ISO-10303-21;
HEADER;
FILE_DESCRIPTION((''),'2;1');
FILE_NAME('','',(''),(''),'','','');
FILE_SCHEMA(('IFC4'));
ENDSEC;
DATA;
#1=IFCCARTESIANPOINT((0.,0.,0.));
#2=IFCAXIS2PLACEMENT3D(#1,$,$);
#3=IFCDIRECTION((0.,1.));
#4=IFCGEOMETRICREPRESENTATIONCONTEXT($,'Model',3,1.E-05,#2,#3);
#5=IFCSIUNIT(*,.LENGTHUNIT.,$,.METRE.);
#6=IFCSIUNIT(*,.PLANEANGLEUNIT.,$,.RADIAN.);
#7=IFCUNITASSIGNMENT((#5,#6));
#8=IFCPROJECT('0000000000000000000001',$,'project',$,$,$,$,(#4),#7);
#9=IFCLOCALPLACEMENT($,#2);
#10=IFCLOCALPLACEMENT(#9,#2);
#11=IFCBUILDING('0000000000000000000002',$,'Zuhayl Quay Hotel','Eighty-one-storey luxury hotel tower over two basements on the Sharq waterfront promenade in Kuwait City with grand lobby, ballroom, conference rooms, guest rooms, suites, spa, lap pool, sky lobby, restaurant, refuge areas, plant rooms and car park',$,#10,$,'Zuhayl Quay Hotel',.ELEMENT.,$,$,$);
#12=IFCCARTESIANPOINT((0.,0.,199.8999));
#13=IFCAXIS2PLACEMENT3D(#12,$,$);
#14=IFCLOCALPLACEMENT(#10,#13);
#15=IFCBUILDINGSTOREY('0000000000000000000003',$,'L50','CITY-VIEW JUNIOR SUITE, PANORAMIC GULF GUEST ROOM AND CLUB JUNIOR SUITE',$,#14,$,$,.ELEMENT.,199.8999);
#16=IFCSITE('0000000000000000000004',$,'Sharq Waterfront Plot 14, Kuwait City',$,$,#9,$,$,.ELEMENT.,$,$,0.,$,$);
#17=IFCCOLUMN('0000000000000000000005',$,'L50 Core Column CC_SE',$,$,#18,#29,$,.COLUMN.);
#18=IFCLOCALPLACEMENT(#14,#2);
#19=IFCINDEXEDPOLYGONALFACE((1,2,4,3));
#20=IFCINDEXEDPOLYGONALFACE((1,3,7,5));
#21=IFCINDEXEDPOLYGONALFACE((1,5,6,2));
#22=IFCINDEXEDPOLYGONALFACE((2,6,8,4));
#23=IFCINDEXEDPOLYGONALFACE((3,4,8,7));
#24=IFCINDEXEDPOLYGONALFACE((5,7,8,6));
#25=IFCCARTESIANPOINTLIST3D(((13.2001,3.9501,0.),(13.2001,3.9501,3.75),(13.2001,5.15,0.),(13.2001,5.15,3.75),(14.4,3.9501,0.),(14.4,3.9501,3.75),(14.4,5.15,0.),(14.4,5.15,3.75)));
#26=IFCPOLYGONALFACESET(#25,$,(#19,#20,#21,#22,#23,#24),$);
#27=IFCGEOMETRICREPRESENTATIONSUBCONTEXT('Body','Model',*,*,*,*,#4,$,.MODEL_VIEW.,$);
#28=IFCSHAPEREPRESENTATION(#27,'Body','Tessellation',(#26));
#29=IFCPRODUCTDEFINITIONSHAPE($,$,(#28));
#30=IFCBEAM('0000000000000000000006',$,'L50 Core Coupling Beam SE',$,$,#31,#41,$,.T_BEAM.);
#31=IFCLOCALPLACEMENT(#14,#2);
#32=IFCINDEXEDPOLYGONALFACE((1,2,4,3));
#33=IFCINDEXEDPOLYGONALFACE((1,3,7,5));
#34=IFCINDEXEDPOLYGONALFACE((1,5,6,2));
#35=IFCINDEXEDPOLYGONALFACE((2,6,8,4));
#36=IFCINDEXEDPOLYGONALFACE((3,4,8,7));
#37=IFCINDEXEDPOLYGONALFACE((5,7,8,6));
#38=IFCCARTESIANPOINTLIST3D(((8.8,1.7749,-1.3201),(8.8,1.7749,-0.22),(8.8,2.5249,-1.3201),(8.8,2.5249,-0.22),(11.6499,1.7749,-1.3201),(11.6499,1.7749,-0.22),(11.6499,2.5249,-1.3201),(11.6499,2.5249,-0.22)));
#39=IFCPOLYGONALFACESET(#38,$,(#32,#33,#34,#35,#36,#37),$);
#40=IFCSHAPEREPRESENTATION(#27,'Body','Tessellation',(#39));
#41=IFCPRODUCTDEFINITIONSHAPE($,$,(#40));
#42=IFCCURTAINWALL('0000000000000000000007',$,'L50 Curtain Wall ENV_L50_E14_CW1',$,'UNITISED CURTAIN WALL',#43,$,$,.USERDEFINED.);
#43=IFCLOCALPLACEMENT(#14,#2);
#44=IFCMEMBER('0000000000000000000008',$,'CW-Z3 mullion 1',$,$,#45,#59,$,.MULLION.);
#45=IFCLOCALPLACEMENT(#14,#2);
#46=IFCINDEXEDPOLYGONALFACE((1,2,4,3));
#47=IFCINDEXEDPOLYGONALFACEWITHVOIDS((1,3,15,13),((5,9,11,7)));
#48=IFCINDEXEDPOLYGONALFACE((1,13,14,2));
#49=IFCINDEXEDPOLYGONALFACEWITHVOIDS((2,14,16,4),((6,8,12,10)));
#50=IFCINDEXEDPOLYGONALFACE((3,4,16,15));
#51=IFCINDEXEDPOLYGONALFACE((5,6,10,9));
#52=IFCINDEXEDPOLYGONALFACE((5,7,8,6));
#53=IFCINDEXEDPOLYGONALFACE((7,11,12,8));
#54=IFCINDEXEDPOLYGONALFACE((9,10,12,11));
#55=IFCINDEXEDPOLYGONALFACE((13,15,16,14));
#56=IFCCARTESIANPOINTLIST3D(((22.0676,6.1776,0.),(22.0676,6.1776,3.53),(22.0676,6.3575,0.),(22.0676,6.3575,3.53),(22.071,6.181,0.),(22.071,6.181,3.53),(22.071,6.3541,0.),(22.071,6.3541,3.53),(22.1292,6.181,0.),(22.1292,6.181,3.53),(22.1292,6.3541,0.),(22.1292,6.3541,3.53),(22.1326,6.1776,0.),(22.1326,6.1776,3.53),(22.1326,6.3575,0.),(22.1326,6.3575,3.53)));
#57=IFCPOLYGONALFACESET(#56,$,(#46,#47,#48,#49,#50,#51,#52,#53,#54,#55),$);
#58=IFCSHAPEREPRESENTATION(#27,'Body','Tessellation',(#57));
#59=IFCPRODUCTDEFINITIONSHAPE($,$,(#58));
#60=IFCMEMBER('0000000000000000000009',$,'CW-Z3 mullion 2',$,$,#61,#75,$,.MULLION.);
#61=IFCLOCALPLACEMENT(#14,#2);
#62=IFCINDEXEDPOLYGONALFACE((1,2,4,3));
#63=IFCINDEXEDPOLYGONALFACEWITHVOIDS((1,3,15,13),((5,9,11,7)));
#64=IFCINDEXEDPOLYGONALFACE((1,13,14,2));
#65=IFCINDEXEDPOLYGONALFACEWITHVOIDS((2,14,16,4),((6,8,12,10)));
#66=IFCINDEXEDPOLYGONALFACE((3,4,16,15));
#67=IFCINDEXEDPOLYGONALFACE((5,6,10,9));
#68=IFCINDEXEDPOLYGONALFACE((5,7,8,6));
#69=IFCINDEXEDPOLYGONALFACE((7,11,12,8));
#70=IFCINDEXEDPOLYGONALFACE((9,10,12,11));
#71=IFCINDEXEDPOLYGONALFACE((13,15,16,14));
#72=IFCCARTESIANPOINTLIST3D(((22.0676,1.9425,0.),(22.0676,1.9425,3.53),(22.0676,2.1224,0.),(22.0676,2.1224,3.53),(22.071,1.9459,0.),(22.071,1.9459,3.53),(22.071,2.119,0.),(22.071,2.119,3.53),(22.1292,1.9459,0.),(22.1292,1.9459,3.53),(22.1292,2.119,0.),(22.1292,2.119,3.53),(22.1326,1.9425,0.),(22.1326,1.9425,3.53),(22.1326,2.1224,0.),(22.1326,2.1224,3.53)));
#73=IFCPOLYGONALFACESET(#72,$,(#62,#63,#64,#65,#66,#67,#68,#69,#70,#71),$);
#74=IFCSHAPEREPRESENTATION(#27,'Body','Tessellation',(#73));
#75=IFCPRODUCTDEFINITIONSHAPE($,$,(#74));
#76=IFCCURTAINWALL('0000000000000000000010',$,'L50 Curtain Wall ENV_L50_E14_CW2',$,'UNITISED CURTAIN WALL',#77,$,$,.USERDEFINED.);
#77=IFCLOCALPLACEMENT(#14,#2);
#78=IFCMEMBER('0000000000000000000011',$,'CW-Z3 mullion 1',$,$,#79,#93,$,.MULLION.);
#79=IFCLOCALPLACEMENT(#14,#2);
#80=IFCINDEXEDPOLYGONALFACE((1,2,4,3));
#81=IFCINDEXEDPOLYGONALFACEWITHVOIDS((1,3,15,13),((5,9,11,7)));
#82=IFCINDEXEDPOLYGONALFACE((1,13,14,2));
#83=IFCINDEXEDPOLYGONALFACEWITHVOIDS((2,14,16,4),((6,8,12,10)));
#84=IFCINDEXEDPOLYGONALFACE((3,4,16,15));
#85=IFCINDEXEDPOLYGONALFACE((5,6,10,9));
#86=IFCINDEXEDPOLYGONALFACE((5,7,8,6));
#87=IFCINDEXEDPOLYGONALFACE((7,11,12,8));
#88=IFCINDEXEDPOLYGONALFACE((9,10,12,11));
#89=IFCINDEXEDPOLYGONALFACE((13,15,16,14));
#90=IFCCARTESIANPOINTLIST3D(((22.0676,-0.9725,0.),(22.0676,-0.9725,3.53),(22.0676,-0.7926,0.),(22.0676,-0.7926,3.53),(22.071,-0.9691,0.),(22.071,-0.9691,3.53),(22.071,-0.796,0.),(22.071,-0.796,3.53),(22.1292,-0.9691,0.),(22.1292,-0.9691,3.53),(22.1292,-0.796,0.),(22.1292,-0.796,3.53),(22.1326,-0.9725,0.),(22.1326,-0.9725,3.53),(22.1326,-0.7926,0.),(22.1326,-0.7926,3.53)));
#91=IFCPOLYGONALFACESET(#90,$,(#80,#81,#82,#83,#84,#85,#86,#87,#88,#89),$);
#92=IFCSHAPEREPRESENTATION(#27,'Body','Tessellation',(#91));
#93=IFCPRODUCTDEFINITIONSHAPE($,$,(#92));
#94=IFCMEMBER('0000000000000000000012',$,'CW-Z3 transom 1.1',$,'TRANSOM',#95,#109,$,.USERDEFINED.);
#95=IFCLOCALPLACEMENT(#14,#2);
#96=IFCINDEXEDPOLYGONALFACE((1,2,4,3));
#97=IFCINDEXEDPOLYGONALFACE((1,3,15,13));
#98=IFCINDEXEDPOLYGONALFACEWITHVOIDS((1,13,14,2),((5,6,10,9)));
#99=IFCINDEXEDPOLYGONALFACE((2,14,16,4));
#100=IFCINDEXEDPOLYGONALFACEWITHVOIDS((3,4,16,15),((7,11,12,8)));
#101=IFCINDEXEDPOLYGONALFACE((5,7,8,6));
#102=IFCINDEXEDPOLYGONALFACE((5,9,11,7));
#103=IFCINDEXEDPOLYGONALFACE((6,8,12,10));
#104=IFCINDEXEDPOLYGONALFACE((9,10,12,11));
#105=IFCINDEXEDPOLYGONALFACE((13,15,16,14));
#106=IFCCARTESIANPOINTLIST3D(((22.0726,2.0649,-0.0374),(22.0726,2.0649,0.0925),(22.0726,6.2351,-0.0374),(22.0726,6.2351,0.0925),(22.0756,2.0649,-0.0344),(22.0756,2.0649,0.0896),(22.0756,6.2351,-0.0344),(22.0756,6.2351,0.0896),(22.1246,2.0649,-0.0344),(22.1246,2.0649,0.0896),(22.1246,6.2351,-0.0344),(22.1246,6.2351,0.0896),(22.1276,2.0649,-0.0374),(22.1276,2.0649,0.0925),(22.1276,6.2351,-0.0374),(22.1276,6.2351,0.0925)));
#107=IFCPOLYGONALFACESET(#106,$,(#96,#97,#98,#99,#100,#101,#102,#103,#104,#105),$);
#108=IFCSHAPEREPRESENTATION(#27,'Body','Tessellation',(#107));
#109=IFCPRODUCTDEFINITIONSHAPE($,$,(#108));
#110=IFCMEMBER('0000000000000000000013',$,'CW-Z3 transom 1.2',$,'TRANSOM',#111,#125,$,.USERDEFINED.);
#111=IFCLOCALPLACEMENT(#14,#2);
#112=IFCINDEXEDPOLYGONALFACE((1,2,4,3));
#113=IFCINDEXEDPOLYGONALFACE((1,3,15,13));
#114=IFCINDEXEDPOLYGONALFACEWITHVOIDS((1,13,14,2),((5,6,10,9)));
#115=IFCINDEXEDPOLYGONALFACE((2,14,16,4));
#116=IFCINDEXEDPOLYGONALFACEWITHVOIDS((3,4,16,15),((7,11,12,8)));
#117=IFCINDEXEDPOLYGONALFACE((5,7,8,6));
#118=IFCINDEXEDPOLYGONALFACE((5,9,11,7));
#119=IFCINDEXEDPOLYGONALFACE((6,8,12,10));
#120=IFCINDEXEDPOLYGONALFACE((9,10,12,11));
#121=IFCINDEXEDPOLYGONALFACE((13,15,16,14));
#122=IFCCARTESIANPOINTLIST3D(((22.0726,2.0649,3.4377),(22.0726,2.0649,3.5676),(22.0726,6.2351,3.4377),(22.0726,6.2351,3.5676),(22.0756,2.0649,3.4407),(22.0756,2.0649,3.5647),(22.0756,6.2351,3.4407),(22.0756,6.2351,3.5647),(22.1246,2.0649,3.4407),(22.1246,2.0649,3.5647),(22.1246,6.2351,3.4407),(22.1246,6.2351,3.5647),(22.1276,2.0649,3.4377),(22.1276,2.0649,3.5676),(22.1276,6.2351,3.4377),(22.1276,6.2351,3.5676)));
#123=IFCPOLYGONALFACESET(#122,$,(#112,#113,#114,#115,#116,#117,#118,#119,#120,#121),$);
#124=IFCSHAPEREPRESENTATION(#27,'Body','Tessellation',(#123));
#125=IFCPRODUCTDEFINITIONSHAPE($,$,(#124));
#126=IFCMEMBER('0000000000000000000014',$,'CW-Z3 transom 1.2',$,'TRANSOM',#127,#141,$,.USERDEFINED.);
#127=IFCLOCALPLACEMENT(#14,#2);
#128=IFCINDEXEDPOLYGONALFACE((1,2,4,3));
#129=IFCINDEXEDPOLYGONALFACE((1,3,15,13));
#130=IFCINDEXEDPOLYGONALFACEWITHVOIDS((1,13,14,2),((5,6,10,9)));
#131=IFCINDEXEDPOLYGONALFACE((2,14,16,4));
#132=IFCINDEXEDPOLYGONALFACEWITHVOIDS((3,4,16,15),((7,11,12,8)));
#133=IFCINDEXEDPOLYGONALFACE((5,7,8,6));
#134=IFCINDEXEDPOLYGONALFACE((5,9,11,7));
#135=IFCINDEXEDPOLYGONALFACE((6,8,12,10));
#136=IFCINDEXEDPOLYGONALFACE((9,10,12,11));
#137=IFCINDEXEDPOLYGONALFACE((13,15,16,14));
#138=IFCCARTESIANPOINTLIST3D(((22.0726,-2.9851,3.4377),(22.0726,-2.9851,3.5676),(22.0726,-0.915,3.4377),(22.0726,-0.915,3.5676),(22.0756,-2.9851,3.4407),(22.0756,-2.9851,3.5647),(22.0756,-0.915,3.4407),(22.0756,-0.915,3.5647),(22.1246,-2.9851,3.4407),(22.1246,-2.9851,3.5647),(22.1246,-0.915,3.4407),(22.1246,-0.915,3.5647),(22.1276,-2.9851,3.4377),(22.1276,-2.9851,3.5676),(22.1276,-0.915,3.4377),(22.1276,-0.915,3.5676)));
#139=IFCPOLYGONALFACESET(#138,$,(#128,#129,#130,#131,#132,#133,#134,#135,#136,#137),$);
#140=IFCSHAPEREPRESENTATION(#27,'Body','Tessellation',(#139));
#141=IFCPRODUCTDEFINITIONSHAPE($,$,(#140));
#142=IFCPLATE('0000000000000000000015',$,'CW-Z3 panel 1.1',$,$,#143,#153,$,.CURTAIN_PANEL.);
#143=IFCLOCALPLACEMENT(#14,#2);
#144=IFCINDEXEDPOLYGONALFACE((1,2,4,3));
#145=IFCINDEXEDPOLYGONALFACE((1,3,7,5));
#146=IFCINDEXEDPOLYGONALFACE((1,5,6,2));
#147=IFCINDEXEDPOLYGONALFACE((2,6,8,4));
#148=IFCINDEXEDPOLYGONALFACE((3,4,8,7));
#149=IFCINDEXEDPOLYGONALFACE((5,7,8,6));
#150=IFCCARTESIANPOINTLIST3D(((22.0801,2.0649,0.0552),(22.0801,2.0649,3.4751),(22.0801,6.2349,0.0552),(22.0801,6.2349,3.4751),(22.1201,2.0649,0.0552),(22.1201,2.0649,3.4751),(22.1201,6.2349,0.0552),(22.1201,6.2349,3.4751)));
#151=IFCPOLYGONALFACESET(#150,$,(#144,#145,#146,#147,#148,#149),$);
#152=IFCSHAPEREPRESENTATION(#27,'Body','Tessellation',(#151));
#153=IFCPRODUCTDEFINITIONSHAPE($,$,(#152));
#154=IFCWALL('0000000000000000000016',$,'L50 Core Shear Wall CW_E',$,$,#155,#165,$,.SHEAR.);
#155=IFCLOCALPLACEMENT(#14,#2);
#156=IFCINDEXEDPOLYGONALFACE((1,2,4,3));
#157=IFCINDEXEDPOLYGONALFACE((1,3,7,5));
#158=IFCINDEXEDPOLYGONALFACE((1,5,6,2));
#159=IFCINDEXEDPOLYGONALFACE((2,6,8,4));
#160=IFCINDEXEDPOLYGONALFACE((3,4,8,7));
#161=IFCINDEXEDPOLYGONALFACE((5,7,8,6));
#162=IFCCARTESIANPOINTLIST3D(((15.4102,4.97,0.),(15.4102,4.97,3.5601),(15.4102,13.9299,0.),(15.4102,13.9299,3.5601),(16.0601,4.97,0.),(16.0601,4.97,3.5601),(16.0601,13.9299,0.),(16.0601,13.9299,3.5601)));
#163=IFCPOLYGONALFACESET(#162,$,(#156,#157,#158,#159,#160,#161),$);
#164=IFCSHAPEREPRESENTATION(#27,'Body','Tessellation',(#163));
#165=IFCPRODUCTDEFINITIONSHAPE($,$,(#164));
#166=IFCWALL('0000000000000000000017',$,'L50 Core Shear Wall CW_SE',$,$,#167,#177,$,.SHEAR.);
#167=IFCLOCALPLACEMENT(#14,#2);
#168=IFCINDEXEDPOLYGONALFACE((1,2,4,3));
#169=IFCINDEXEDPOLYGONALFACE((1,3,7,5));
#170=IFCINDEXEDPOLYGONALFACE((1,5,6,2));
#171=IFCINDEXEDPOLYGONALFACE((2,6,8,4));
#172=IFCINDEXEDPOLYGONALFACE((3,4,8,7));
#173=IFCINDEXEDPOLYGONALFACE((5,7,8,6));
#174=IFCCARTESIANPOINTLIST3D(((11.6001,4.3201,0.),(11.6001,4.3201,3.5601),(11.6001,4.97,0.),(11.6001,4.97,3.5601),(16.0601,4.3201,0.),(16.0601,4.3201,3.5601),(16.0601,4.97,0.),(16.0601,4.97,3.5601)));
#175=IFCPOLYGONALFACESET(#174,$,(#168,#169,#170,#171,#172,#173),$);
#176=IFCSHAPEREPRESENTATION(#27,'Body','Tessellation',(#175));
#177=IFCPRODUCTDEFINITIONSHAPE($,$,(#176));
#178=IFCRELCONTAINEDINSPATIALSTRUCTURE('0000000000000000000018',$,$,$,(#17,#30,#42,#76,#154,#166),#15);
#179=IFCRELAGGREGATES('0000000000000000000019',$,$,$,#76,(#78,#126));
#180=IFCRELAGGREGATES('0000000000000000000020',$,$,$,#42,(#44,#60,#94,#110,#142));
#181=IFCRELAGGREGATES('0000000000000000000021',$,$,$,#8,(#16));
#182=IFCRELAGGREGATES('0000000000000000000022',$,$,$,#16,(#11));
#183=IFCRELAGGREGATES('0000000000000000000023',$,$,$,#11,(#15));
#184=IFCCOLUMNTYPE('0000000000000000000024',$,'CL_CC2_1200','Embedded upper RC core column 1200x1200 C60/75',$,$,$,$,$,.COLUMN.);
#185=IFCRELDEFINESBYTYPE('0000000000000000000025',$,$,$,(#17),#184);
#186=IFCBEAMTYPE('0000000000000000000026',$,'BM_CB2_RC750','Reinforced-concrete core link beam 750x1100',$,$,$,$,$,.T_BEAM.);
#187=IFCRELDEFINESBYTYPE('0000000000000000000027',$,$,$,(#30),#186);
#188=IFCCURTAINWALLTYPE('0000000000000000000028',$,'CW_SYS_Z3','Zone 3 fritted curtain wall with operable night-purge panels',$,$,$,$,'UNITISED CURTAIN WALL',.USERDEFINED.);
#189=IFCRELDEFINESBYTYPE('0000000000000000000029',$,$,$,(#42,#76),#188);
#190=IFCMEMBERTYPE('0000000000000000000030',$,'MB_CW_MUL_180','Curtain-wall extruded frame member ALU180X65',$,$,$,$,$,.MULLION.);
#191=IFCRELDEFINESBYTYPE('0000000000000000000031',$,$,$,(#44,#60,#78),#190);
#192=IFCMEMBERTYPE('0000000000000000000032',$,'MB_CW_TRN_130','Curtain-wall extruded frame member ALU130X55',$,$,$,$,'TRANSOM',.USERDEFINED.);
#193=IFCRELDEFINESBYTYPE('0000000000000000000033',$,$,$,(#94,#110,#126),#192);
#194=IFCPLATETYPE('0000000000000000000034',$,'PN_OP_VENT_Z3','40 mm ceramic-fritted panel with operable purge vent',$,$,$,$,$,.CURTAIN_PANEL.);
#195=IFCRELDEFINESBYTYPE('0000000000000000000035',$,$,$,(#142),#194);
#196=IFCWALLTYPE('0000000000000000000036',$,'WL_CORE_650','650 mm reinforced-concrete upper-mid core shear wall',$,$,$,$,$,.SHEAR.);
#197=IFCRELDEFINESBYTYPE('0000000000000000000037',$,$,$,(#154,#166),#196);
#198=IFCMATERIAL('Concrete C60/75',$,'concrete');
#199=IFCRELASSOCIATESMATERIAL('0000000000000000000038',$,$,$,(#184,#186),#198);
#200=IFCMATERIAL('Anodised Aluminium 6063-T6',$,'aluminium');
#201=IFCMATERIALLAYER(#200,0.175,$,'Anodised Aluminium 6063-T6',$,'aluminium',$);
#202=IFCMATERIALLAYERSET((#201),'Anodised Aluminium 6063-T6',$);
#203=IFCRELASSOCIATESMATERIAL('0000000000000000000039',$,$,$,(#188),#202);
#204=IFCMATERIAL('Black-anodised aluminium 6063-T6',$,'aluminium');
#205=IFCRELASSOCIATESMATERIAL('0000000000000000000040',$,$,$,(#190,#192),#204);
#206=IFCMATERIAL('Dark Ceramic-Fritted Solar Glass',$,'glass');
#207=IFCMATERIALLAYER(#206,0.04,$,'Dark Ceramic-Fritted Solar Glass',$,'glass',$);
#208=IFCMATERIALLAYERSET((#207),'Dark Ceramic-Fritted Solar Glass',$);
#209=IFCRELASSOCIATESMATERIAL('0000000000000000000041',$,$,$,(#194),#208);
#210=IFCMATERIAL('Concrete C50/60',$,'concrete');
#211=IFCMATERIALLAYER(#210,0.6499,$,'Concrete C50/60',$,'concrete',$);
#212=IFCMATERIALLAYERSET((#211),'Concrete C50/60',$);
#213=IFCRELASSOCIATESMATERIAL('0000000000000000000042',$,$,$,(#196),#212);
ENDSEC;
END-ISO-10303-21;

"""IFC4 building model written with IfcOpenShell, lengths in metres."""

from ifc_helpers import new_model, si_unit, direction, frame, frame_2d, origin, origin_2d, place, context, subcontext, project, spatial, rectangle, hollow_rectangle, extrude, material, layer, layer_set, material_profile, profile_set, type_object, element, aggregate, save


model = new_model("IFC4")

# Units and contexts
model_context = context("Model", 3, precision=1e-05, world=origin(), true_north=direction((0.0, 1.0)))
body_context = subcontext(model_context, "Body", "Model", "MODEL_VIEW")
ifc_project = project(units=[si_unit("LENGTHUNIT", "METRE"), si_unit("PLANEANGLEUNIT", "RADIAN")], contexts=[model_context])

# Site, building, storey
site_placement = place(None, origin())
site = spatial("IfcSite", under=ifc_project, at=site_placement, Name="Sharq Waterfront Plot 14, Kuwait City", CompositionType="ELEMENT", RefElevation=0.0)
building_placement = place(site_placement, origin())
building = spatial("IfcBuilding", under=site, at=building_placement, Name="Zuhayl Quay Hotel", Description="Eighty-one-storey luxury hotel tower over two basements on the Sharq waterfront promenade in Kuwait City with grand lobby, ballroom, conference rooms, guest rooms, suites, spa, lap pool, sky lobby, restaurant, refuge areas, plant rooms and car park", LongName="Zuhayl Quay Hotel", CompositionType="ELEMENT")
storey_placement = place(building_placement, frame((0.0, 0.0, 199.8999)))
storey = spatial("IfcBuildingStorey", under=building, at=storey_placement, Name="L50", Description="CITY-VIEW JUNIOR SUITE, PANORAMIC GULF GUEST ROOM AND CLUB JUNIOR SUITE", CompositionType="ELEMENT", Elevation=199.8999)

# Column
ifc_material_1 = material(Name="Concrete C60/75", Category="concrete")
ifc_material_profile_1 = material_profile(ifc_material_1, rectangle(XDim=1.2, YDim=1.2, at=origin_2d()), Name="RC1200X1200")
ifc_profile_set_1 = profile_set([ifc_material_profile_1], Name="Concrete C60/75")
column_type = type_object("IfcColumnType", Name="CL_CC2_1200", Description="Embedded upper RC core column 1200x1200 C60/75", PredefinedType="COLUMN", material=ifc_profile_set_1)
column_placement = place(storey_placement, frame((13.8, 4.55, 0.0), z_axis=(0.0, 0.0, 1.0), x_axis=(1.0, 0.0, 0.0)))
element("IfcColumn", 1, at=column_placement, inside=storey, type_object=column_type, Name="L50 Core Column CC_SE", PredefinedType="COLUMN", context=body_context, shape_type="SweptSolid", body=[
    extrude(rectangle(XDim=1.2, YDim=1.2, at=origin_2d()), origin(), (0.0, 0.0, 1.0), 3.75),
])

# Beam
ifc_material_profile_2 = material_profile(ifc_material_1, rectangle(XDim=0.75, YDim=1.1001, at=origin_2d()), Name="RC750X1100")
ifc_profile_set_2 = profile_set([ifc_material_profile_2], Name="Concrete C60/75")
beam_type = type_object("IfcBeamType", Name="BM_CB2_RC750", Description="Reinforced-concrete core link beam 750x1100", PredefinedType="T_BEAM", material=ifc_profile_set_2)
beam_placement = place(storey_placement, frame((8.8, 2.1499, -0.77), z_axis=(1.0, 0.0, 0.0), x_axis=(0.0, 1.0, 0.0)))
element("IfcBeam", 2, at=beam_placement, inside=storey, type_object=beam_type, Name="L50 Core Coupling Beam SE", PredefinedType="T_BEAM", context=body_context, shape_type="SweptSolid", body=[
    extrude(rectangle(XDim=0.75, YDim=1.1001, at=origin_2d()), origin(), (0.0, 0.0, 1.0), 2.8499),
])

# Curtain wall, members
ifc_material_2 = material(Name="Anodised Aluminium 6063-T6", Category="aluminium")
ifc_layer_1 = layer(ifc_material_2, 0.175, Name="Anodised Aluminium 6063-T6", Category="aluminium")
ifc_layer_set_1 = layer_set([ifc_layer_1], Name="Anodised Aluminium 6063-T6")
curtain_wall_type = type_object("IfcCurtainWallType", Name="CW_SYS_Z3", Description="Zone 3 fritted curtain wall with operable night-purge panels", ElementType="UNITISED CURTAIN WALL", PredefinedType="USERDEFINED", material=ifc_layer_set_1)
curtain_wall_1_placement = place(storey_placement, origin())
curtain_wall_1 = element("IfcCurtainWall", 3, at=curtain_wall_1_placement, inside=storey, type_object=curtain_wall_type, Name="L50 Curtain Wall ENV_L50_E14_CW1", ObjectType="UNITISED CURTAIN WALL", PredefinedType="USERDEFINED")
ifc_material_3 = material(Name="Black-anodised aluminium 6063-T6", Category="aluminium")
ifc_material_profile_3 = material_profile(ifc_material_3, hollow_rectangle(XDim=0.0649, YDim=0.1799, WallThickness=0.0034, at=origin_2d()), Name="ALU180X65")
ifc_profile_set_3 = profile_set([ifc_material_profile_3], Name="Black-anodised aluminium 6063-T6")
member_type_1 = type_object("IfcMemberType", Name="MB_CW_MUL_180", Description="Curtain-wall extruded frame member ALU180X65", PredefinedType="MULLION", material=ifc_profile_set_3)
member_1_placement = place(storey_placement, frame((22.1001, 6.2676, 0.0), z_axis=(0.0, 0.0, 1.0), x_axis=(1.0, 0.0, 0.0)))
member_1 = element("IfcMember", 4, at=member_1_placement, type_object=member_type_1, Name="CW-Z3 mullion 1", PredefinedType="MULLION", context=body_context, shape_type="SweptSolid", body=[
    extrude(hollow_rectangle(XDim=0.0649, YDim=0.1799, WallThickness=0.0034, at=origin_2d()), origin(), (0.0, 0.0, 1.0), 3.53),
])
member_2_placement = place(storey_placement, frame((22.1001, 2.0325, 0.0), z_axis=(0.0, 0.0, 1.0), x_axis=(1.0, 0.0, 0.0)))
member_2 = element("IfcMember", 5, at=member_2_placement, type_object=member_type_1, Name="CW-Z3 mullion 2", PredefinedType="MULLION", context=body_context, shape_type="SweptSolid", body=[
    extrude(hollow_rectangle(XDim=0.0649, YDim=0.1799, WallThickness=0.0034, at=origin_2d()), origin(), (0.0, 0.0, 1.0), 3.53),
])

# Curtain wall, member
curtain_wall_2_placement = place(storey_placement, origin())
curtain_wall_2 = element("IfcCurtainWall", 6, at=curtain_wall_2_placement, inside=storey, type_object=curtain_wall_type, Name="L50 Curtain Wall ENV_L50_E14_CW2", ObjectType="UNITISED CURTAIN WALL", PredefinedType="USERDEFINED")
member_3_placement = place(storey_placement, frame((22.1001, -0.8826, 0.0), z_axis=(0.0, 0.0, 1.0), x_axis=(1.0, 0.0, 0.0)))
member_3 = element("IfcMember", 7, at=member_3_placement, type_object=member_type_1, Name="CW-Z3 mullion 1", PredefinedType="MULLION", context=body_context, shape_type="SweptSolid", body=[
    extrude(hollow_rectangle(XDim=0.0649, YDim=0.1799, WallThickness=0.0034, at=origin_2d()), origin(), (0.0, 0.0, 1.0), 3.53),
])

# Members
ifc_material_profile_4 = material_profile(ifc_material_3, hollow_rectangle(XDim=0.0549, YDim=0.1299, WallThickness=0.0029, at=origin_2d()), Name="ALU130X55")
ifc_profile_set_4 = profile_set([ifc_material_profile_4], Name="Black-anodised aluminium 6063-T6")
member_type_2 = type_object("IfcMemberType", Name="MB_CW_TRN_130", Description="Curtain-wall extruded frame member ALU130X55", ElementType="TRANSOM", PredefinedType="USERDEFINED", material=ifc_profile_set_4)
member_4_placement = place(storey_placement, frame((22.1001, 6.2351, 0.0276), z_axis=(0.0, -1.0, 0.0), x_axis=(1.0, 0.0, 0.0)))
member_4 = element("IfcMember", 8, at=member_4_placement, type_object=member_type_2, Name="CW-Z3 transom 1.1", ObjectType="TRANSOM", PredefinedType="USERDEFINED", context=body_context, shape_type="SweptSolid", body=[
    extrude(hollow_rectangle(XDim=0.0549, YDim=0.1299, WallThickness=0.0029, at=origin_2d()), origin(), (0.0, 0.0, 1.0), 4.1702),
])
member_5_placement = place(storey_placement, frame((22.1001, 6.2351, 3.5027), z_axis=(0.0, -1.0, 0.0), x_axis=(1.0, 0.0, 0.0)))
member_5 = element("IfcMember", 9, at=member_5_placement, type_object=member_type_2, Name="CW-Z3 transom 1.2", ObjectType="TRANSOM", PredefinedType="USERDEFINED", context=body_context, shape_type="SweptSolid", body=[
    extrude(hollow_rectangle(XDim=0.0549, YDim=0.1299, WallThickness=0.0029, at=origin_2d()), origin(), (0.0, 0.0, 1.0), 4.1702),
])
member_6_placement = place(storey_placement, frame((22.1001, -0.915, 3.5027), z_axis=(0.0, -1.0, 0.0), x_axis=(1.0, 0.0, 0.0)))
member_6 = element("IfcMember", 10, at=member_6_placement, type_object=member_type_2, Name="CW-Z3 transom 1.2", ObjectType="TRANSOM", PredefinedType="USERDEFINED", context=body_context, shape_type="SweptSolid", body=[
    extrude(hollow_rectangle(XDim=0.0549, YDim=0.1299, WallThickness=0.0029, at=origin_2d()), origin(), (0.0, 0.0, 1.0), 2.0701),
])
aggregate(curtain_wall_2, [member_3, member_6])

# Plate
ifc_material_4 = material(Name="Dark Ceramic-Fritted Solar Glass", Category="glass")
ifc_layer_2 = layer(ifc_material_4, 0.04, Name="Dark Ceramic-Fritted Solar Glass", Category="glass")
ifc_layer_set_2 = layer_set([ifc_layer_2], Name="Dark Ceramic-Fritted Solar Glass")
plate_type = type_object("IfcPlateType", Name="PN_OP_VENT_Z3", Description="40 mm ceramic-fritted panel with operable purge vent", PredefinedType="CURTAIN_PANEL", material=ifc_layer_set_2)
plate_placement = place(storey_placement, frame((22.1001, 4.1499, 0.0552), z_axis=(0.0, 0.0, 1.0), x_axis=(0.0, -1.0, 0.0)))
plate = element("IfcPlate", 11, at=plate_placement, type_object=plate_type, Name="CW-Z3 panel 1.1", PredefinedType="CURTAIN_PANEL", context=body_context, shape_type="SweptSolid", body=[
    extrude(rectangle(XDim=4.1699, YDim=0.04, at=origin_2d()), origin(), (0.0, 0.0, 1.0), 3.4199),
])
aggregate(curtain_wall_1, [member_1, member_2, member_4, member_5, plate])

# Walls
ifc_material_5 = material(Name="Concrete C50/60", Category="concrete")
ifc_layer_3 = layer(ifc_material_5, 0.6499, Name="Concrete C50/60", Category="concrete")
ifc_layer_set_3 = layer_set([ifc_layer_3], Name="Concrete C50/60")
wall_type_1 = type_object("IfcWallType", Name="WL_CORE_650", Description="650 mm reinforced-concrete upper-mid core shear wall", PredefinedType="SHEAR", material=ifc_layer_set_3)
wall_1_placement = place(storey_placement, frame((15.7351, 4.97, 0.0), z_axis=(0.0, 0.0, 1.0), x_axis=(0.0, 1.0, 0.0)))
element("IfcWall", 12, at=wall_1_placement, inside=storey, type_object=wall_type_1, Name="L50 Core Shear Wall CW_E", PredefinedType="SHEAR", context=body_context, shape_type="SweptSolid", body=[
    extrude(rectangle(XDim=8.96, YDim=0.6499, at=frame_2d((4.48, 0.0))), origin(), (0.0, 0.0, 1.0), 3.5601),
])
wall_2_placement = place(storey_placement, frame((11.6001, 4.645, 0.0), z_axis=(0.0, 0.0, 1.0), x_axis=(1.0, 0.0, 0.0)))
element("IfcWall", 13, at=wall_2_placement, inside=storey, type_object=wall_type_1, Name="L50 Core Shear Wall CW_SE", PredefinedType="SHEAR", context=body_context, shape_type="SweptSolid", body=[
    extrude(rectangle(XDim=4.46, YDim=0.6499, at=frame_2d((2.23, 0.0))), origin(), (0.0, 0.0, 1.0), 3.5601),
])

save(model, "model.ifc")
